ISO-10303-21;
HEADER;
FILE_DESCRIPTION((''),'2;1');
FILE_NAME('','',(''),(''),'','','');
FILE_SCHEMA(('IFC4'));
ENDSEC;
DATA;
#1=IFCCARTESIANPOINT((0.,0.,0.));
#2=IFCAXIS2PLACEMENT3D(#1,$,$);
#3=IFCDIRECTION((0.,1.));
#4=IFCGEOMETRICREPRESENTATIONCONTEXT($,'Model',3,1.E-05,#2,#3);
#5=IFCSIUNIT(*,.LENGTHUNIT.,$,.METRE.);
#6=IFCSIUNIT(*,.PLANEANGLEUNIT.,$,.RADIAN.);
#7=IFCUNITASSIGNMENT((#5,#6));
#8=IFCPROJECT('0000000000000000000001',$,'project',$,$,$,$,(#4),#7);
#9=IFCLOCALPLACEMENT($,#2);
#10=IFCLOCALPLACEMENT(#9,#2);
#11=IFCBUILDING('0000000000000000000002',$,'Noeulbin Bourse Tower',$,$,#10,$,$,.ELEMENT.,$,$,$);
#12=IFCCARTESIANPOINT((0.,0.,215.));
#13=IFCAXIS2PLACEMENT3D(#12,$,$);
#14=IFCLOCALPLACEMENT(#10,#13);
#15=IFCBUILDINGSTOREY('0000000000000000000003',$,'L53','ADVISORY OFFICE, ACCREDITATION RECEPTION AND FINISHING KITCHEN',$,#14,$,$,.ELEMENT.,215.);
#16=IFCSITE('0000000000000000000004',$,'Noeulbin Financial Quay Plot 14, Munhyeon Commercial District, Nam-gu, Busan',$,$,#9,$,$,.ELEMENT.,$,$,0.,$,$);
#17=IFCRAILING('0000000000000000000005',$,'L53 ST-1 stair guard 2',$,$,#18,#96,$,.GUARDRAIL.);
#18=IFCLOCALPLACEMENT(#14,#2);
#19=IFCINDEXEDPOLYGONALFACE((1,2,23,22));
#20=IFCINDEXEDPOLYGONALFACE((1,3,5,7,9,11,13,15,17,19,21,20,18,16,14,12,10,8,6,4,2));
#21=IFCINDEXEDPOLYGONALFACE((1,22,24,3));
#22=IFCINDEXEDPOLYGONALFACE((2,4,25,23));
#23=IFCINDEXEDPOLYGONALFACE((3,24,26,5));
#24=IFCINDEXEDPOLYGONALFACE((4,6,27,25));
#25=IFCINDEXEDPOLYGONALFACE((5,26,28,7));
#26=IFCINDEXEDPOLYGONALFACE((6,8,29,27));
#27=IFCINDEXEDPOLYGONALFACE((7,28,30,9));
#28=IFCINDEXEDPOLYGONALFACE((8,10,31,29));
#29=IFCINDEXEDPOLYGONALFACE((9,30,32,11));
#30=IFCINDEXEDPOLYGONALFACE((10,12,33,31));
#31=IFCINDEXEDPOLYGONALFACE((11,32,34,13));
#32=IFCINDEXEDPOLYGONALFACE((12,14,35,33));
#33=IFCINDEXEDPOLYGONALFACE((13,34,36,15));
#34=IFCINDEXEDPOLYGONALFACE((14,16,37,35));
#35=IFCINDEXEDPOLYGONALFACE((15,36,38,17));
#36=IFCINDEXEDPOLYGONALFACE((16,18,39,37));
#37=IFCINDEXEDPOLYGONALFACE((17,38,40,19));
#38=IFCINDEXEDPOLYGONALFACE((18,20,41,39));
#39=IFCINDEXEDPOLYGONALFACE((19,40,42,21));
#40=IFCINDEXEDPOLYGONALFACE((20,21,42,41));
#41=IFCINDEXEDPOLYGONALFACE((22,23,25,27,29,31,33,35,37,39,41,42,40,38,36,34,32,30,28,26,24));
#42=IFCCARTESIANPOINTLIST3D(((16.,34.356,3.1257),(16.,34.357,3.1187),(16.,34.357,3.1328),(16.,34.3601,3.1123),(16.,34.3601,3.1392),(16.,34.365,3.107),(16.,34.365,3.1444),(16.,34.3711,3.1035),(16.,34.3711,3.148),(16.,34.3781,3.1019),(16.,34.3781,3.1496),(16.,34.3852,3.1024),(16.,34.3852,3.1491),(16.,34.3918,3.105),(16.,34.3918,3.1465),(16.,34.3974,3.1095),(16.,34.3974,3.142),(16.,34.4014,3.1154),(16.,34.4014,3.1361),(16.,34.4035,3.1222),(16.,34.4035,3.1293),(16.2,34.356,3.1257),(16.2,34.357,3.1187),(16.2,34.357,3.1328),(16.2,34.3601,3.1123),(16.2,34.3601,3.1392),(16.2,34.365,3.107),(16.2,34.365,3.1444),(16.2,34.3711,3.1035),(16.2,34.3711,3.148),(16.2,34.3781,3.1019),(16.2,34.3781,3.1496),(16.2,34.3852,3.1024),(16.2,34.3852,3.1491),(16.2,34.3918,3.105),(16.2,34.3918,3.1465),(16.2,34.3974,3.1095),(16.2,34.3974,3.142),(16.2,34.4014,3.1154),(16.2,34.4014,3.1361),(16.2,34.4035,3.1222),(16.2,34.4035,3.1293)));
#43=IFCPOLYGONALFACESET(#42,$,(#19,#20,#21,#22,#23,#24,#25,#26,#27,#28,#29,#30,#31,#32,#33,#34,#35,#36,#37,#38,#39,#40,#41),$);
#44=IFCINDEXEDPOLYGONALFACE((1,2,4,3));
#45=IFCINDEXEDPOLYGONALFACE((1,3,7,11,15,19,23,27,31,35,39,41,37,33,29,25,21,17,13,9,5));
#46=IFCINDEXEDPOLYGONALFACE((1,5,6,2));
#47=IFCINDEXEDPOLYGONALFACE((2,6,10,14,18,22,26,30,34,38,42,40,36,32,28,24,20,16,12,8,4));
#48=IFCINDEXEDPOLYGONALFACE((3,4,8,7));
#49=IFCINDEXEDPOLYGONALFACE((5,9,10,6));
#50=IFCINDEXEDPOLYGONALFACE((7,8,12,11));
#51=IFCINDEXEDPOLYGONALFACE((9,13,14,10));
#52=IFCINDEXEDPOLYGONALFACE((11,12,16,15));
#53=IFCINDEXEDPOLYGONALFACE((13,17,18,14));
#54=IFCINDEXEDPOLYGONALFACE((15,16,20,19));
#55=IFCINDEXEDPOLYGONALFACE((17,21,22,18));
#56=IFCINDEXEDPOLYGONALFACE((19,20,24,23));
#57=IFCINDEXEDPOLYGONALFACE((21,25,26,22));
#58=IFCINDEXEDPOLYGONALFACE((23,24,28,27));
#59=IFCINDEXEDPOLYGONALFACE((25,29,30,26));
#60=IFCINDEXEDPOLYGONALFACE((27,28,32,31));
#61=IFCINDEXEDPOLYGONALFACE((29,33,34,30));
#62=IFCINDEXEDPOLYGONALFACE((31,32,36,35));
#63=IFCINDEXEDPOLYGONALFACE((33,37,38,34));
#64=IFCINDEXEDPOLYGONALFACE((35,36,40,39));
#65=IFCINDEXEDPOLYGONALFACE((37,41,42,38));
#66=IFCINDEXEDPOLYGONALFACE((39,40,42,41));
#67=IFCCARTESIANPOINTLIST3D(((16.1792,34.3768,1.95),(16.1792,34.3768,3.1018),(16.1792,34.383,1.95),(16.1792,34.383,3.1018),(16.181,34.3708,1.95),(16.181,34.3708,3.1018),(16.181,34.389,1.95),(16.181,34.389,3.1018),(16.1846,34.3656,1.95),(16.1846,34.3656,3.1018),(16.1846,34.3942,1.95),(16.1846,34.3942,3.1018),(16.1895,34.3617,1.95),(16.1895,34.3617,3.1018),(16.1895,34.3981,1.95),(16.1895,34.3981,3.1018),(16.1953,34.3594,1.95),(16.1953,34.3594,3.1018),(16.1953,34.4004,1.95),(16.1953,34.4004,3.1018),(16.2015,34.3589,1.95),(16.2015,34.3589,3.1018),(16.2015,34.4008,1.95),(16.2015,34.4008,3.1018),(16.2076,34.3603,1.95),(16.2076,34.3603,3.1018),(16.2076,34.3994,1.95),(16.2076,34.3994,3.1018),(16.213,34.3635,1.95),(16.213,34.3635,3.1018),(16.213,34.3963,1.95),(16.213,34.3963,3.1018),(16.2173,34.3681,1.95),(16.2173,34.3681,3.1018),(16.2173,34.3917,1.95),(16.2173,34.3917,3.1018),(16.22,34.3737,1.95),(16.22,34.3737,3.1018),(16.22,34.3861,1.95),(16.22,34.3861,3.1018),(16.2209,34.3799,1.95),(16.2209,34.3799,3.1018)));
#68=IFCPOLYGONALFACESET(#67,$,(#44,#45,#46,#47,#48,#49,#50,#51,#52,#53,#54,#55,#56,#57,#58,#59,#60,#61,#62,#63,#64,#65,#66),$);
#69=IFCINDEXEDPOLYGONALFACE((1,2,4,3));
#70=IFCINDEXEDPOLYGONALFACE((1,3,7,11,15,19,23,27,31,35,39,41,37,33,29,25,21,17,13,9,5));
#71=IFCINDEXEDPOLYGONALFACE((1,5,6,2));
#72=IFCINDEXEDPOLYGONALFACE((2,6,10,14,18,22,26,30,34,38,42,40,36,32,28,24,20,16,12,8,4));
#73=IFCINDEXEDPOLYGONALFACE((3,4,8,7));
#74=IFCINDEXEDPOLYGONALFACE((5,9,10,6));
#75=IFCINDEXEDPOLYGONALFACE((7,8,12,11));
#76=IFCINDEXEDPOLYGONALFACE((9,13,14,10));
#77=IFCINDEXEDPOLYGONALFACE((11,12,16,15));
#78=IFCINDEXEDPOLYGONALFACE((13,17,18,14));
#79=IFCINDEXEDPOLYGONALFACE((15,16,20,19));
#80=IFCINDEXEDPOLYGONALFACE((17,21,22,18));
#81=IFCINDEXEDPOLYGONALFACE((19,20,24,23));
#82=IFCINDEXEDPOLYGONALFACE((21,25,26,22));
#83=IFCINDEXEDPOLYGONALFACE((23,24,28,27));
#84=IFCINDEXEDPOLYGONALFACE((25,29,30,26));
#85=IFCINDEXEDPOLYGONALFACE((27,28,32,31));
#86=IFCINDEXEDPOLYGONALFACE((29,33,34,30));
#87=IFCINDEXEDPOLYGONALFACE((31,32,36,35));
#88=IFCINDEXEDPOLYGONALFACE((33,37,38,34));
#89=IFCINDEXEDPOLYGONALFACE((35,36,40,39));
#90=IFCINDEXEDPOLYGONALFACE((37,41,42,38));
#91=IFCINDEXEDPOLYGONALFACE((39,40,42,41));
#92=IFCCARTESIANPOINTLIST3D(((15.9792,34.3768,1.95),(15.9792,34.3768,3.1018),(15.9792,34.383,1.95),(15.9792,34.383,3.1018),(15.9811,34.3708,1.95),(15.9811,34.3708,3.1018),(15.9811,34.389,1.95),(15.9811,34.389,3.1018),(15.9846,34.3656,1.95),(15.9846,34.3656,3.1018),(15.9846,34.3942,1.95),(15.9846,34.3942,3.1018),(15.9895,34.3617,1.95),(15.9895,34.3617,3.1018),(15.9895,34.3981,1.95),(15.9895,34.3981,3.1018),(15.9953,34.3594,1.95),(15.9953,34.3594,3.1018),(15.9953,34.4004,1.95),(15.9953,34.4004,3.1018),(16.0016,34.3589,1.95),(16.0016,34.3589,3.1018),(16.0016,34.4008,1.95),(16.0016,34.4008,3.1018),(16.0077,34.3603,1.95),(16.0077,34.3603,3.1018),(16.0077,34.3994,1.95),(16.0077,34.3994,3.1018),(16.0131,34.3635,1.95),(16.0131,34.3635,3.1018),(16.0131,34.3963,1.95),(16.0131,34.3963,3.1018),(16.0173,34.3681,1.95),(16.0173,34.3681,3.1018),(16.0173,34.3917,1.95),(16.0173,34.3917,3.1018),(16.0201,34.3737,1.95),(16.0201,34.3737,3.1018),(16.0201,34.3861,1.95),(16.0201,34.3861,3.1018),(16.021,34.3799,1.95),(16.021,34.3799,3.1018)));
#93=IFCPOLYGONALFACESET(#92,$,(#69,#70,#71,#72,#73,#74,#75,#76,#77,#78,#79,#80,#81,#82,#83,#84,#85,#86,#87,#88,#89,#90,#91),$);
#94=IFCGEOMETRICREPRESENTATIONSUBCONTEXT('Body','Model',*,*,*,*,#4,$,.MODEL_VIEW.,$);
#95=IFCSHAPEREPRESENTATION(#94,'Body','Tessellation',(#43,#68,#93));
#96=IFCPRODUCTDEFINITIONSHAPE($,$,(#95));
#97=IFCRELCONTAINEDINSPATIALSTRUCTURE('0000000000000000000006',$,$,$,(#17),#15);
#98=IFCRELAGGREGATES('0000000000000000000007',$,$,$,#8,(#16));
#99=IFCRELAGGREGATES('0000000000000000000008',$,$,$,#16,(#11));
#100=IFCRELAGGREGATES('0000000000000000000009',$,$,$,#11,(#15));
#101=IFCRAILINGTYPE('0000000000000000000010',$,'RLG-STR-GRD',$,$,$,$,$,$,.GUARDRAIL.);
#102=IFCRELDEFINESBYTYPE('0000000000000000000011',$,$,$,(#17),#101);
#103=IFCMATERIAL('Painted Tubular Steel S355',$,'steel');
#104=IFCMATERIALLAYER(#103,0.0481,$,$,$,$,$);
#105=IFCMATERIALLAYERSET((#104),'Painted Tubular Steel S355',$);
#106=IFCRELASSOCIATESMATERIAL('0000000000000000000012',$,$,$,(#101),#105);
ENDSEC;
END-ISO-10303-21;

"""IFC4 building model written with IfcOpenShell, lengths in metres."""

from ifc_helpers import new_model, si_unit, direction, frame, origin, origin_2d, place, context, subcontext, project, spatial, circle, extrude, material, layer, layer_set, type_object, element, save


model = new_model("IFC4")

# Units and contexts
model_context = context("Model", 3, precision=1e-05, world=origin(), true_north=direction((0.0, 1.0)))
body_context = subcontext(model_context, "Body", "Model", "MODEL_VIEW")
ifc_project = project(units=[si_unit("LENGTHUNIT", "METRE"), si_unit("PLANEANGLEUNIT", "RADIAN")], contexts=[model_context])

# Site, building, storey
site_placement = place(None, origin())
site = spatial("IfcSite", under=ifc_project, at=site_placement, Name="Noeulbin Financial Quay Plot 14, Munhyeon Commercial District, Nam-gu, Busan", CompositionType="ELEMENT", RefElevation=0.0)
building_placement = place(site_placement, origin())
building = spatial("IfcBuilding", under=site, at=building_placement, Name="Noeulbin Bourse Tower", CompositionType="ELEMENT")
storey_placement = place(building_placement, frame((0.0, 0.0, 215.0)))
storey = spatial("IfcBuildingStorey", under=building, at=storey_placement, Name="L53", Description="ADVISORY OFFICE, ACCREDITATION RECEPTION AND FINISHING KITCHEN", CompositionType="ELEMENT", Elevation=215.0)

# Railing
ifc_material_1 = material(Name="Painted Tubular Steel S355", Category="steel")
ifc_layer_1 = layer(ifc_material_1, 0.0481)
ifc_layer_set_1 = layer_set([ifc_layer_1], Name="Painted Tubular Steel S355")
railing_type_1 = type_object("IfcRailingType", Name="RLG-STR-GRD", PredefinedType="GUARDRAIL", material=ifc_layer_set_1)
railing_1_placement = place(storey_placement, frame((16.2, 34.3799, 1.95)))
element("IfcRailing", 1, at=railing_1_placement, inside=storey, type_object=railing_type_1, Name="L53 ST-1 stair guard 2", PredefinedType="GUARDRAIL", context=body_context, shape_type="SweptSolid", body=[
    extrude(circle(Radius=0.0239, at=origin_2d()), frame((0.0, 0.0, 1.1758), z_axis=(-1.0, 0.0, 0.0), x_axis=(0.0, -1.0, 0.0)), (0.0, 0.0, 1.0), 0.2),
    extrude(circle(Radius=0.021, at=origin_2d()), origin(), (0.0, 0.0, 1.0), 1.1519),
    extrude(circle(Radius=0.021, at=origin_2d()), frame((-0.2, 0.0, 0.0)), (0.0, 0.0, 1.0), 1.1519),
])

save(model, "model.ifc")
